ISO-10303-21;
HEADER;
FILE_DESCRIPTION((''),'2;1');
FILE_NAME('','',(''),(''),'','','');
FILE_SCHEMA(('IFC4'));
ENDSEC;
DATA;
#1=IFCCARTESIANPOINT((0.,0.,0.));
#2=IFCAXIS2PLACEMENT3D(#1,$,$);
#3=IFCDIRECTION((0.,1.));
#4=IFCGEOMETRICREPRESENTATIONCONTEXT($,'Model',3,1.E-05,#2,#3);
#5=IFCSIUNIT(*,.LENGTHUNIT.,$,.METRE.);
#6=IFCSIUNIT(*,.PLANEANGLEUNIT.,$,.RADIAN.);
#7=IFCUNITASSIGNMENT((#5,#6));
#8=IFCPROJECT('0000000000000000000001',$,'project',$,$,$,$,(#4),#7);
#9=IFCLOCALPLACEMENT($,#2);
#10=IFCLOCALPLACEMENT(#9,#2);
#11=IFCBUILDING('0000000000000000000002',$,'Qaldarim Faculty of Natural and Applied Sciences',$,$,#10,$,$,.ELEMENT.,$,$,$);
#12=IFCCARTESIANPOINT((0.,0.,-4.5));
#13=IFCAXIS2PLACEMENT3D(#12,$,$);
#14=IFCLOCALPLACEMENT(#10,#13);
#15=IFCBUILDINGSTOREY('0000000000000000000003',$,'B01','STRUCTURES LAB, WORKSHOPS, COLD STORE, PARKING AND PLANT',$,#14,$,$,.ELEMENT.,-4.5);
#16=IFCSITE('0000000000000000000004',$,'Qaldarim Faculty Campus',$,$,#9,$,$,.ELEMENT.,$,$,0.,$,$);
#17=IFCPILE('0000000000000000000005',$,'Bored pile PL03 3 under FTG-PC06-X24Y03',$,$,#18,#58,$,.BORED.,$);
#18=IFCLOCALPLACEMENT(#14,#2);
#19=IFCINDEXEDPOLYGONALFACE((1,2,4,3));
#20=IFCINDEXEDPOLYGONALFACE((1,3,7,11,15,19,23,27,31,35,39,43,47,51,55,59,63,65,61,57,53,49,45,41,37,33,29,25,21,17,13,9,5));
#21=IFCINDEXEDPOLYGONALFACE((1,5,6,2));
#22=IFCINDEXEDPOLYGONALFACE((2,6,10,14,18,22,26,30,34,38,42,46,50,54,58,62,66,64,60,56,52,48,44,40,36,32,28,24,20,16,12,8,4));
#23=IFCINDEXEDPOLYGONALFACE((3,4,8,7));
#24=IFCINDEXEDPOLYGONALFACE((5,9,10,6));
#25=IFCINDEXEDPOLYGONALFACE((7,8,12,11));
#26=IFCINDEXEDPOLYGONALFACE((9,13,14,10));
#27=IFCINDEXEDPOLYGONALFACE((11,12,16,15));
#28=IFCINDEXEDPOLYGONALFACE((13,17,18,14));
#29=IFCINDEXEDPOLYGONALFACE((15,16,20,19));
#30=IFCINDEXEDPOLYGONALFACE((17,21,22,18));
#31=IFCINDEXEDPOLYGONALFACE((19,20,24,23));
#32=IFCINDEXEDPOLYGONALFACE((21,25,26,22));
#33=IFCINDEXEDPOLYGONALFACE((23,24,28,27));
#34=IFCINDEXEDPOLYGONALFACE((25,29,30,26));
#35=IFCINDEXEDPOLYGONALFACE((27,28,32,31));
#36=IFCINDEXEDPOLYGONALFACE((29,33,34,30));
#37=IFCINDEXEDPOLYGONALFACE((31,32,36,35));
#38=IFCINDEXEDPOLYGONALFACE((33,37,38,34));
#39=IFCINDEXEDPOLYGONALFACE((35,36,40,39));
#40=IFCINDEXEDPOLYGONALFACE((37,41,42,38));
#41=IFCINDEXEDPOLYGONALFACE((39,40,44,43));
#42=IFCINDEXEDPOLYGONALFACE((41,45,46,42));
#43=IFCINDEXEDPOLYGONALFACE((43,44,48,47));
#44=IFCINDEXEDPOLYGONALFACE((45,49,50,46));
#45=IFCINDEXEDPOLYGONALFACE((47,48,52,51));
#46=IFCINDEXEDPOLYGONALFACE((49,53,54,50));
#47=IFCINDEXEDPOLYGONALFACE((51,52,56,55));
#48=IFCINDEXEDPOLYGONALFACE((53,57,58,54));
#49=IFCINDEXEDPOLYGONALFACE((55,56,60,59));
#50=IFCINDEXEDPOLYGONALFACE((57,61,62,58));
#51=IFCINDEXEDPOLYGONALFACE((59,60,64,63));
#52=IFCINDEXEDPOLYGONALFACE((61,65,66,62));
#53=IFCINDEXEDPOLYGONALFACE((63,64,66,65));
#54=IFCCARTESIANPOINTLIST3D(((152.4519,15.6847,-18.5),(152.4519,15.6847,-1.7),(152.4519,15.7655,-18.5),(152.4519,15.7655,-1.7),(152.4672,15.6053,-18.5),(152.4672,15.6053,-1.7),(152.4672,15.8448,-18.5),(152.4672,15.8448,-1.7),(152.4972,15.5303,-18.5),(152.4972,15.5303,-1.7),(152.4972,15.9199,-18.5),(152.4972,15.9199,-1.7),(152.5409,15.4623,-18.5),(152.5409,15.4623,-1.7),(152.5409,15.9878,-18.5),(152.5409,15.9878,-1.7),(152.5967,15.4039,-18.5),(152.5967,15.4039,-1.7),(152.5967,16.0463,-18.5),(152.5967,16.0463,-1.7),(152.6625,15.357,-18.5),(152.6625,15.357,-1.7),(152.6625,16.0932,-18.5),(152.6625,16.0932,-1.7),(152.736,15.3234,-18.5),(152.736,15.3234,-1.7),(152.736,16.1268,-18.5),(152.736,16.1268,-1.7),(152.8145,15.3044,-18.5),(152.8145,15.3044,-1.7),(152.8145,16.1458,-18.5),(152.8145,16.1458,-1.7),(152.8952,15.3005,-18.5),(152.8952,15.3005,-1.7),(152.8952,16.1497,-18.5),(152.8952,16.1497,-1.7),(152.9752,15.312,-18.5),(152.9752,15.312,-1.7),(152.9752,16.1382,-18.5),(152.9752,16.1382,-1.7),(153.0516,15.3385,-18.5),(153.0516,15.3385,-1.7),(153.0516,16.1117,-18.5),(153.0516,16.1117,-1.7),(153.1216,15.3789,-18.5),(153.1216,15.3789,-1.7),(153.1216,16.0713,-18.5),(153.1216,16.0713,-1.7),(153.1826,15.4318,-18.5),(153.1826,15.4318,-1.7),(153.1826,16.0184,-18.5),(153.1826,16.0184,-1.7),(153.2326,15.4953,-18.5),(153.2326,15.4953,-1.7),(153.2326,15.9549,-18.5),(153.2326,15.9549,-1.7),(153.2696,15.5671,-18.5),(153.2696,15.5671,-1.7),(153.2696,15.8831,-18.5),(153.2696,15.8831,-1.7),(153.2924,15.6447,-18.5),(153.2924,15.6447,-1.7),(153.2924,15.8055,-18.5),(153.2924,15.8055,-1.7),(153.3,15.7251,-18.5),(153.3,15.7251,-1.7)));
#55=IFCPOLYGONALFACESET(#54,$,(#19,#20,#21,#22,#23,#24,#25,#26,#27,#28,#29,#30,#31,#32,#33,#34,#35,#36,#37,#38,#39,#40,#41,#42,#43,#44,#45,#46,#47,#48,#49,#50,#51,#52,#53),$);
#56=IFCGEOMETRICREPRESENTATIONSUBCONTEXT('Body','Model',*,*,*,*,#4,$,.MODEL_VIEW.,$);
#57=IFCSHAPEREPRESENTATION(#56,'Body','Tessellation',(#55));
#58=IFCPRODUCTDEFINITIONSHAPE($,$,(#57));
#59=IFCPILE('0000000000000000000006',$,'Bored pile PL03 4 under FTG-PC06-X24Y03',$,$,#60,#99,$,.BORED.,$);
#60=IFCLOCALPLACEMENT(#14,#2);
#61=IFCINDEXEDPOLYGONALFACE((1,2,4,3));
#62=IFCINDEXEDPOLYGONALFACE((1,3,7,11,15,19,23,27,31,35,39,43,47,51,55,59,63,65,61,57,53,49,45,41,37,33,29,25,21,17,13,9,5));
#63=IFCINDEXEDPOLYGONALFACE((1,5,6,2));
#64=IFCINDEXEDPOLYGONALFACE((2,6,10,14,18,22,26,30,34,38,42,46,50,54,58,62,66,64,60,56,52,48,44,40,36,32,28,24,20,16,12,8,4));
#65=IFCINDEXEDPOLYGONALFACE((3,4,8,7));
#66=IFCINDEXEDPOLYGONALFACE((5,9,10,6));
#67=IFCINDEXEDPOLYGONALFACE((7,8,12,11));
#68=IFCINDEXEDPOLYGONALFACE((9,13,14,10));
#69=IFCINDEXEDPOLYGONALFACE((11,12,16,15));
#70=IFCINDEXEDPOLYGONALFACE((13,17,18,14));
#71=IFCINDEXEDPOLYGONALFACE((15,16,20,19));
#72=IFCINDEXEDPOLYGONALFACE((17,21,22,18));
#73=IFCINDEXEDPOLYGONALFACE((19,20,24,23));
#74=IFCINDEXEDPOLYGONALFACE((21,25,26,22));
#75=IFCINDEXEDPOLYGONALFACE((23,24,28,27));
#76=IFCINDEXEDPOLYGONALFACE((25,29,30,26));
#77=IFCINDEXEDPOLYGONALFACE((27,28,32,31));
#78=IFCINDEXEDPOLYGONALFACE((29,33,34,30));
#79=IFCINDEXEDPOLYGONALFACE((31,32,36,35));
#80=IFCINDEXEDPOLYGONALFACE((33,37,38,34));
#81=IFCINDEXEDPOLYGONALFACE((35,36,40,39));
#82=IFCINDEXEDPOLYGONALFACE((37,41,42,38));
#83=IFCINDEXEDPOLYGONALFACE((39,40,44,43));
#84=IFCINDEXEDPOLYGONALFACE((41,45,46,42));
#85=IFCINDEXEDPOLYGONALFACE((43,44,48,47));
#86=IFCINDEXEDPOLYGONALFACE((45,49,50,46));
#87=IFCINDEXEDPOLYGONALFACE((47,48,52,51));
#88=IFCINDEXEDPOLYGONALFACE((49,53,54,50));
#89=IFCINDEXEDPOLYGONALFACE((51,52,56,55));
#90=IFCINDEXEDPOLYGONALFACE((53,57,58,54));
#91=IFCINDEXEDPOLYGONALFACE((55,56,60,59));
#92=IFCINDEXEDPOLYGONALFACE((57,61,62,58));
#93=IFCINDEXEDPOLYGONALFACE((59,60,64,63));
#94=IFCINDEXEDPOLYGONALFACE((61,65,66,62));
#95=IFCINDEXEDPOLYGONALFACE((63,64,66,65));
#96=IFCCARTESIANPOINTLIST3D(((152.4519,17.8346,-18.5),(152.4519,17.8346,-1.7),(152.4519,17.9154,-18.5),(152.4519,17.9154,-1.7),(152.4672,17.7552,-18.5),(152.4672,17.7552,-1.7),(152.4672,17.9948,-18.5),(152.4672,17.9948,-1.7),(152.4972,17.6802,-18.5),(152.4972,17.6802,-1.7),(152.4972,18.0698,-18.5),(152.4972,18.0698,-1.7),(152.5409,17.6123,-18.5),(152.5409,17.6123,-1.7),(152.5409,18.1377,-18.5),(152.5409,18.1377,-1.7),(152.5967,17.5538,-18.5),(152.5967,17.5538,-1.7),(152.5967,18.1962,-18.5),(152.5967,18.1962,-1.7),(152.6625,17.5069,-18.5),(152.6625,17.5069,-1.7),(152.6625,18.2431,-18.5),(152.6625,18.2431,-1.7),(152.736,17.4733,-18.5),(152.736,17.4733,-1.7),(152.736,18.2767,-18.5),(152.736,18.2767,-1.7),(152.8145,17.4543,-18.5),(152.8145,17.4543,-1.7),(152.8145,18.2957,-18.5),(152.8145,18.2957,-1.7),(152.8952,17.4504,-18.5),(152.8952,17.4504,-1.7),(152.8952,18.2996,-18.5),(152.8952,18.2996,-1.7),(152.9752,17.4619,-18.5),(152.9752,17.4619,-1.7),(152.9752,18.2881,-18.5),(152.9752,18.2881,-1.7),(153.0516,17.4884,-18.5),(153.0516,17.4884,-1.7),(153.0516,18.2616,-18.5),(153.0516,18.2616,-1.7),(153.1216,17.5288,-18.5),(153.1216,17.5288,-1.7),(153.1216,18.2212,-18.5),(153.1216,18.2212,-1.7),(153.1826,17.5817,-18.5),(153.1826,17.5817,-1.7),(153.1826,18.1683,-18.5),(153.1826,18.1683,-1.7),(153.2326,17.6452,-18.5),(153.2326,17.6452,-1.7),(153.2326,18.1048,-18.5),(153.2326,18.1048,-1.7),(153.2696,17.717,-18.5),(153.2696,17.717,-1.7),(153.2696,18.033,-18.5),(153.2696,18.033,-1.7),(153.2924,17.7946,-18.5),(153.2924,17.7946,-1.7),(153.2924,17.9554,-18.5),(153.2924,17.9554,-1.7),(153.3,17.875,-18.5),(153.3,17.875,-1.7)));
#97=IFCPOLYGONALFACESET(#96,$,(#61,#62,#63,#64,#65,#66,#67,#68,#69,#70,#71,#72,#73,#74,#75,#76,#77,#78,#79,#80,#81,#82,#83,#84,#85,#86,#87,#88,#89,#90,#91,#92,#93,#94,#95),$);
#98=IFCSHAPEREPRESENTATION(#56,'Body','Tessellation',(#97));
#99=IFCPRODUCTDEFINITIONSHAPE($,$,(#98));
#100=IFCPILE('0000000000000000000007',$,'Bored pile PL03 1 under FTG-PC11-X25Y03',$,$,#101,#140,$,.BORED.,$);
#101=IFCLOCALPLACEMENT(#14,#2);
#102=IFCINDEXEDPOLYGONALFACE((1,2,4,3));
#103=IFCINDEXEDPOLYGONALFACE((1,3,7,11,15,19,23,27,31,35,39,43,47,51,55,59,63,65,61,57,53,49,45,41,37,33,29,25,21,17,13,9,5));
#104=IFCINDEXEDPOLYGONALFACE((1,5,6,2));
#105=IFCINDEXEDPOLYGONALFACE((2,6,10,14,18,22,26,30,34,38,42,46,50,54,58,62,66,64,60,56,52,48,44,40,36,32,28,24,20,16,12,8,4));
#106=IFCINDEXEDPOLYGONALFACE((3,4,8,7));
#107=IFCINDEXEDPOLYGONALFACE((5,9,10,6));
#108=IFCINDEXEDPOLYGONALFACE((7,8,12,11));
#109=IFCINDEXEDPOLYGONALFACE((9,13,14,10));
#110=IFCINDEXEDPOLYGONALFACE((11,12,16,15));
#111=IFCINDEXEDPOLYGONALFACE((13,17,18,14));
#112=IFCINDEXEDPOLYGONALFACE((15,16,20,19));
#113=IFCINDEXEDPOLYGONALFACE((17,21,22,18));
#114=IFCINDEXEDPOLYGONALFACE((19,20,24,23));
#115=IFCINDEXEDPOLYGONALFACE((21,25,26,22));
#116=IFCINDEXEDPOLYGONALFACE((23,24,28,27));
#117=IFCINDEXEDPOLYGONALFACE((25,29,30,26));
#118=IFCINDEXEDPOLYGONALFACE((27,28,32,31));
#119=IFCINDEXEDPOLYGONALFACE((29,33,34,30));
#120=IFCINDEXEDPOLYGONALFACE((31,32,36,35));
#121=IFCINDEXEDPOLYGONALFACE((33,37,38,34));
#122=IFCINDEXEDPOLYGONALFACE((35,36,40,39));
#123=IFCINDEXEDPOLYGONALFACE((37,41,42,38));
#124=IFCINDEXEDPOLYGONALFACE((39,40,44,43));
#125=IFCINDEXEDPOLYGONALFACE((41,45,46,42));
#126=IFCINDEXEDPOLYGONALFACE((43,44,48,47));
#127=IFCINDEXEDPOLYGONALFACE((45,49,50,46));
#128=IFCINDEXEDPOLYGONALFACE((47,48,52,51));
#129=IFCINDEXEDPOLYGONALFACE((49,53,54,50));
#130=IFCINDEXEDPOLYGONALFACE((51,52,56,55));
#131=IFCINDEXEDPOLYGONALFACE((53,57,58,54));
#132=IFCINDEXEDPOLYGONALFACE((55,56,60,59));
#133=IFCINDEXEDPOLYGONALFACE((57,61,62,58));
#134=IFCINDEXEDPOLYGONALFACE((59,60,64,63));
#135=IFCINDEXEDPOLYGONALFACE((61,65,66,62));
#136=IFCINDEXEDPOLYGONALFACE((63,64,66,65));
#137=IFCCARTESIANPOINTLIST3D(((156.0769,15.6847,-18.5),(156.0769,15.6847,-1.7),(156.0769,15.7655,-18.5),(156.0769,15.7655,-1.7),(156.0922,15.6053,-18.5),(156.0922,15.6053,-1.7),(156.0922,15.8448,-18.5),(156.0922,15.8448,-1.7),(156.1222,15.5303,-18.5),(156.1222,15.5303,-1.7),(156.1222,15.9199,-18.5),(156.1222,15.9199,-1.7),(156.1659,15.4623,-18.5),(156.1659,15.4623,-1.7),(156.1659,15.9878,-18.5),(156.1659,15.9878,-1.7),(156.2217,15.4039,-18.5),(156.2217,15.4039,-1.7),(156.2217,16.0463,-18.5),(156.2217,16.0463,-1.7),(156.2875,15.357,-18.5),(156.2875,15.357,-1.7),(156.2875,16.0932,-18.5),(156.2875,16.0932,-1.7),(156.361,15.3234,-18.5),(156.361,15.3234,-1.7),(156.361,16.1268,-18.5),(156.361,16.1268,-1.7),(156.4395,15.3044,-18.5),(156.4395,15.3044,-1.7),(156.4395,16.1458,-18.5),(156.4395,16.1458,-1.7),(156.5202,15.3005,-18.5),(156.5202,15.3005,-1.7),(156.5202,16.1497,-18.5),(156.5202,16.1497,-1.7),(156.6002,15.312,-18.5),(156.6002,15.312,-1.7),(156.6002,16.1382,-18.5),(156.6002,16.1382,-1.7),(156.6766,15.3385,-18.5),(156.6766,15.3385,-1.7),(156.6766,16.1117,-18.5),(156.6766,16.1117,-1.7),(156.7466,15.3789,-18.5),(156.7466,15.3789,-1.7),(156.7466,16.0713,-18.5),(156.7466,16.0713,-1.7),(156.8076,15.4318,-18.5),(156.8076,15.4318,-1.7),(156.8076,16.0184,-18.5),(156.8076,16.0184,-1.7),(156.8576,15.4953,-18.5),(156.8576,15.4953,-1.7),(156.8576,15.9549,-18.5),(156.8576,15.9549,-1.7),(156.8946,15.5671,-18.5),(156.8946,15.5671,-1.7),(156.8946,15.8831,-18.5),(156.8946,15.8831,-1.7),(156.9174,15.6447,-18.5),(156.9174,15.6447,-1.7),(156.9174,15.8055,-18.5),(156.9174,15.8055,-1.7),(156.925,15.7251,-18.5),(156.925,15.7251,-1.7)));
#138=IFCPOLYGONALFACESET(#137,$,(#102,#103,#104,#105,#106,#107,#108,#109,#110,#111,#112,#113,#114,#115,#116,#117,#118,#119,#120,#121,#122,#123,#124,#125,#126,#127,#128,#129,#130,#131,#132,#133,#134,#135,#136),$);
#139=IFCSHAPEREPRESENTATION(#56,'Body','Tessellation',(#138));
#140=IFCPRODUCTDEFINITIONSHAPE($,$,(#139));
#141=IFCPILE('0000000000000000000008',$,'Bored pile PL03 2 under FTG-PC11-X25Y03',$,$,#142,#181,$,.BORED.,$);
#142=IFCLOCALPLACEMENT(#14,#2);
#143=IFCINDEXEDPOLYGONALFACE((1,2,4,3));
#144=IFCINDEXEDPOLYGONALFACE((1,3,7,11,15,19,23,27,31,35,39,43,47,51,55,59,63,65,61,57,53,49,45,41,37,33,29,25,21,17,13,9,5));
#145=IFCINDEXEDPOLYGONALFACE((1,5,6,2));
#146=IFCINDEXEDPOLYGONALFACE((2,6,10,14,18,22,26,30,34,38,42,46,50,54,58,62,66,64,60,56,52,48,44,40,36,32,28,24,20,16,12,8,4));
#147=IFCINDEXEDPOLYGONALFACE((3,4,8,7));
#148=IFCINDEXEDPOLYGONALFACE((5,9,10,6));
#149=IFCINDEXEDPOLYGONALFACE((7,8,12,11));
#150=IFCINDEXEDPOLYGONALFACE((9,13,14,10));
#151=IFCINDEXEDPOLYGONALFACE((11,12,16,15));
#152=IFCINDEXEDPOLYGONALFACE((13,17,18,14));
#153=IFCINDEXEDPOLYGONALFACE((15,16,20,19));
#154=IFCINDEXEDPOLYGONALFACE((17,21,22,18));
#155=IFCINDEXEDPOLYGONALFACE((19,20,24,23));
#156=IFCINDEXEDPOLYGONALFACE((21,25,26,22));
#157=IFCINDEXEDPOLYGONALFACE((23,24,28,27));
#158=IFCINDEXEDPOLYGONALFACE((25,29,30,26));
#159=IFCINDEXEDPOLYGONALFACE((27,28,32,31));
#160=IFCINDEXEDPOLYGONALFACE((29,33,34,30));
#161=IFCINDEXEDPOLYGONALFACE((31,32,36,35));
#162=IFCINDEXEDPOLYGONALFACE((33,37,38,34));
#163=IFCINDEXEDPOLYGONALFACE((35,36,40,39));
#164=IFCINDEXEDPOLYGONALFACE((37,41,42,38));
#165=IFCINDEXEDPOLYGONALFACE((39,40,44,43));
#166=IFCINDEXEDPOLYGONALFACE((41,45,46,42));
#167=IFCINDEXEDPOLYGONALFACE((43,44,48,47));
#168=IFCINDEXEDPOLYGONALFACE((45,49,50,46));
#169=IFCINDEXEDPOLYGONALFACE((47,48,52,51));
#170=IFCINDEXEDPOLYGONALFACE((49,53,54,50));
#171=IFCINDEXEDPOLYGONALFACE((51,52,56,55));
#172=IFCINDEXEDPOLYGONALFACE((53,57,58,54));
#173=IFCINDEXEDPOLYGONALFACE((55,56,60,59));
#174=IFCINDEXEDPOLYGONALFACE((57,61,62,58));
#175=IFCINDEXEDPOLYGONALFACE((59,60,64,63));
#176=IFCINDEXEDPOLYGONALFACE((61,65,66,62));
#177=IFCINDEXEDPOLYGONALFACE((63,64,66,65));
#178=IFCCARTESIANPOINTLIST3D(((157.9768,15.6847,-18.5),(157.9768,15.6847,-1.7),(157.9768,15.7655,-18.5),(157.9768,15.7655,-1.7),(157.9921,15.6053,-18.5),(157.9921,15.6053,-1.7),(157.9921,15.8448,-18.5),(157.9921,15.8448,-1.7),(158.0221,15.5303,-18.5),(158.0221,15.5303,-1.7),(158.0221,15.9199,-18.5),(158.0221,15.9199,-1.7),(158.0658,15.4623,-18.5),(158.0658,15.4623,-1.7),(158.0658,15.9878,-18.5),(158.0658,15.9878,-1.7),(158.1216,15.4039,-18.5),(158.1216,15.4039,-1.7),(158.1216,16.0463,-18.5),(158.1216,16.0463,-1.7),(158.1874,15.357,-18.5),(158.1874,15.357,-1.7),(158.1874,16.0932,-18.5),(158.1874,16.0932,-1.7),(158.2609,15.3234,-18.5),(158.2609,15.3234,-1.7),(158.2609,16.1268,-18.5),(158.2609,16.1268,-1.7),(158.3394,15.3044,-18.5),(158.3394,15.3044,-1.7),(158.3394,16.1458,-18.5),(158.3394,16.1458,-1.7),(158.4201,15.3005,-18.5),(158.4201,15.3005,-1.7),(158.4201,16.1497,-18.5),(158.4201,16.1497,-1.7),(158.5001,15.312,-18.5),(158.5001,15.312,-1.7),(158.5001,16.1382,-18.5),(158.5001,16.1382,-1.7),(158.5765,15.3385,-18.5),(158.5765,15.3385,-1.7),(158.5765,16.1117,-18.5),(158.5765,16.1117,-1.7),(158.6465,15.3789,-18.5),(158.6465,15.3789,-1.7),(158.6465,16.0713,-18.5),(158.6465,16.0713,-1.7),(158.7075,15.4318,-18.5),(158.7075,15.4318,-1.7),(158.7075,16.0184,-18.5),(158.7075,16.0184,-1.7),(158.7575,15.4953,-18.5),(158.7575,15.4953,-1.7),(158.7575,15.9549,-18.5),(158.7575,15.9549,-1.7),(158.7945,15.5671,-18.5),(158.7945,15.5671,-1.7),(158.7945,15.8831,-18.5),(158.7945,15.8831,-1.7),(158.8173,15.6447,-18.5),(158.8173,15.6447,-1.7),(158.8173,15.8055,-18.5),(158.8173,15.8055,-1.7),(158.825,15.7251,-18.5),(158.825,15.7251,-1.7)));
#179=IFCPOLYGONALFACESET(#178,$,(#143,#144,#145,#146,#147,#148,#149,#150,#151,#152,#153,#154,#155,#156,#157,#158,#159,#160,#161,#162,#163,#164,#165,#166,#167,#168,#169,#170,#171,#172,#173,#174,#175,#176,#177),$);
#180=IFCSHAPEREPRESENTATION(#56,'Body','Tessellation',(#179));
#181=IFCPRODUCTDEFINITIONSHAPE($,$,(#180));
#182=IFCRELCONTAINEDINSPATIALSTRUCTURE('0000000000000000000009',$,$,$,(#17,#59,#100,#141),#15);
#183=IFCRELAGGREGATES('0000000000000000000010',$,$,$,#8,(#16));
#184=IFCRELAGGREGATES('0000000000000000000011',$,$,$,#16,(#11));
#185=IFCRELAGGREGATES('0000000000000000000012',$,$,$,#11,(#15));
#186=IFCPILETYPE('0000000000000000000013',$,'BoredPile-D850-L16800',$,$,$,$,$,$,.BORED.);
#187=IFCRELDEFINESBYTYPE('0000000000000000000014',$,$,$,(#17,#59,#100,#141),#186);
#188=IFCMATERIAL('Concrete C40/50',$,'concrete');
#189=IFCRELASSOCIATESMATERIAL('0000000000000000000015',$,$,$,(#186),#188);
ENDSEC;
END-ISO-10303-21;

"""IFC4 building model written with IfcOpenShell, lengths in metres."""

from ifc_helpers import new_model, si_unit, direction, frame, origin, origin_2d, place, context, subcontext, project, spatial, circle, extrude, material, material_profile, profile_set, type_object, element, save


model = new_model("IFC4")

# Units and contexts
model_context = context("Model", 3, precision=1e-05, world=origin(), true_north=direction((0.0, 1.0)))
body_context = subcontext(model_context, "Body", "Model", "MODEL_VIEW")
ifc_project = project(units=[si_unit("LENGTHUNIT", "METRE"), si_unit("PLANEANGLEUNIT", "RADIAN")], contexts=[model_context])

# Site, building, storey
site_placement = place(None, origin())
site = spatial("IfcSite", under=ifc_project, at=site_placement, Name="Qaldarim Faculty Campus", CompositionType="ELEMENT", RefElevation=0.0)
building_placement = place(site_placement, origin())
building = spatial("IfcBuilding", under=site, at=building_placement, Name="Qaldarim Faculty of Natural and Applied Sciences", CompositionType="ELEMENT")
storey_placement = place(building_placement, frame((0.0, 0.0, -4.5)))
storey = spatial("IfcBuildingStorey", under=building, at=storey_placement, Name="B01", Description="STRUCTURES LAB, WORKSHOPS, COLD STORE, PARKING AND PLANT", CompositionType="ELEMENT", Elevation=-4.5)

# Piles
ifc_material_1 = material(Name="Concrete C40/50", Category="concrete")
ifc_material_profile_1 = material_profile(ifc_material_1, circle(Radius=0.425, at=origin_2d()), Name="PILE-D850")
ifc_profile_set_1 = profile_set([ifc_material_profile_1], Name="Concrete C40/50")
pile_type_1 = type_object("IfcPileType", Name="BoredPile-D850-L16800", PredefinedType="BORED", material=ifc_profile_set_1)
for number, where, z_axis, x_axis, name in (
    (1, (152.875, 15.7251, -1.7), (0.0, 0.0, -1.0), (1.0, 0.0, 0.0), "Bored pile PL03 3 under FTG-PC06-X24Y03"),
    (2, (152.875, 17.875, -1.7), (0.0, 0.0, -1.0), (1.0, 0.0, 0.0), "Bored pile PL03 4 under FTG-PC06-X24Y03"),
    (3, (156.5, 15.7251, -1.7), (0.0, 0.0, -1.0), (1.0, 0.0, 0.0), "Bored pile PL03 1 under FTG-PC11-X25Y03"),
    (4, (158.3999, 15.7251, -1.7), (0.0, 0.0, -1.0), (1.0, 0.0, 0.0), "Bored pile PL03 2 under FTG-PC11-X25Y03"),
):
    element("IfcPile", number, at=place(storey_placement, frame(where, z_axis=z_axis, x_axis=x_axis)), inside=storey, type_object=pile_type_1, Name=name, PredefinedType="BORED", context=body_context, shape_type="SweptSolid", body=[
        extrude(circle(Radius=0.425, at=origin_2d()), origin(), (0.0, 0.0, 1.0), 16.8),
    ])

save(model, "model.ifc")
